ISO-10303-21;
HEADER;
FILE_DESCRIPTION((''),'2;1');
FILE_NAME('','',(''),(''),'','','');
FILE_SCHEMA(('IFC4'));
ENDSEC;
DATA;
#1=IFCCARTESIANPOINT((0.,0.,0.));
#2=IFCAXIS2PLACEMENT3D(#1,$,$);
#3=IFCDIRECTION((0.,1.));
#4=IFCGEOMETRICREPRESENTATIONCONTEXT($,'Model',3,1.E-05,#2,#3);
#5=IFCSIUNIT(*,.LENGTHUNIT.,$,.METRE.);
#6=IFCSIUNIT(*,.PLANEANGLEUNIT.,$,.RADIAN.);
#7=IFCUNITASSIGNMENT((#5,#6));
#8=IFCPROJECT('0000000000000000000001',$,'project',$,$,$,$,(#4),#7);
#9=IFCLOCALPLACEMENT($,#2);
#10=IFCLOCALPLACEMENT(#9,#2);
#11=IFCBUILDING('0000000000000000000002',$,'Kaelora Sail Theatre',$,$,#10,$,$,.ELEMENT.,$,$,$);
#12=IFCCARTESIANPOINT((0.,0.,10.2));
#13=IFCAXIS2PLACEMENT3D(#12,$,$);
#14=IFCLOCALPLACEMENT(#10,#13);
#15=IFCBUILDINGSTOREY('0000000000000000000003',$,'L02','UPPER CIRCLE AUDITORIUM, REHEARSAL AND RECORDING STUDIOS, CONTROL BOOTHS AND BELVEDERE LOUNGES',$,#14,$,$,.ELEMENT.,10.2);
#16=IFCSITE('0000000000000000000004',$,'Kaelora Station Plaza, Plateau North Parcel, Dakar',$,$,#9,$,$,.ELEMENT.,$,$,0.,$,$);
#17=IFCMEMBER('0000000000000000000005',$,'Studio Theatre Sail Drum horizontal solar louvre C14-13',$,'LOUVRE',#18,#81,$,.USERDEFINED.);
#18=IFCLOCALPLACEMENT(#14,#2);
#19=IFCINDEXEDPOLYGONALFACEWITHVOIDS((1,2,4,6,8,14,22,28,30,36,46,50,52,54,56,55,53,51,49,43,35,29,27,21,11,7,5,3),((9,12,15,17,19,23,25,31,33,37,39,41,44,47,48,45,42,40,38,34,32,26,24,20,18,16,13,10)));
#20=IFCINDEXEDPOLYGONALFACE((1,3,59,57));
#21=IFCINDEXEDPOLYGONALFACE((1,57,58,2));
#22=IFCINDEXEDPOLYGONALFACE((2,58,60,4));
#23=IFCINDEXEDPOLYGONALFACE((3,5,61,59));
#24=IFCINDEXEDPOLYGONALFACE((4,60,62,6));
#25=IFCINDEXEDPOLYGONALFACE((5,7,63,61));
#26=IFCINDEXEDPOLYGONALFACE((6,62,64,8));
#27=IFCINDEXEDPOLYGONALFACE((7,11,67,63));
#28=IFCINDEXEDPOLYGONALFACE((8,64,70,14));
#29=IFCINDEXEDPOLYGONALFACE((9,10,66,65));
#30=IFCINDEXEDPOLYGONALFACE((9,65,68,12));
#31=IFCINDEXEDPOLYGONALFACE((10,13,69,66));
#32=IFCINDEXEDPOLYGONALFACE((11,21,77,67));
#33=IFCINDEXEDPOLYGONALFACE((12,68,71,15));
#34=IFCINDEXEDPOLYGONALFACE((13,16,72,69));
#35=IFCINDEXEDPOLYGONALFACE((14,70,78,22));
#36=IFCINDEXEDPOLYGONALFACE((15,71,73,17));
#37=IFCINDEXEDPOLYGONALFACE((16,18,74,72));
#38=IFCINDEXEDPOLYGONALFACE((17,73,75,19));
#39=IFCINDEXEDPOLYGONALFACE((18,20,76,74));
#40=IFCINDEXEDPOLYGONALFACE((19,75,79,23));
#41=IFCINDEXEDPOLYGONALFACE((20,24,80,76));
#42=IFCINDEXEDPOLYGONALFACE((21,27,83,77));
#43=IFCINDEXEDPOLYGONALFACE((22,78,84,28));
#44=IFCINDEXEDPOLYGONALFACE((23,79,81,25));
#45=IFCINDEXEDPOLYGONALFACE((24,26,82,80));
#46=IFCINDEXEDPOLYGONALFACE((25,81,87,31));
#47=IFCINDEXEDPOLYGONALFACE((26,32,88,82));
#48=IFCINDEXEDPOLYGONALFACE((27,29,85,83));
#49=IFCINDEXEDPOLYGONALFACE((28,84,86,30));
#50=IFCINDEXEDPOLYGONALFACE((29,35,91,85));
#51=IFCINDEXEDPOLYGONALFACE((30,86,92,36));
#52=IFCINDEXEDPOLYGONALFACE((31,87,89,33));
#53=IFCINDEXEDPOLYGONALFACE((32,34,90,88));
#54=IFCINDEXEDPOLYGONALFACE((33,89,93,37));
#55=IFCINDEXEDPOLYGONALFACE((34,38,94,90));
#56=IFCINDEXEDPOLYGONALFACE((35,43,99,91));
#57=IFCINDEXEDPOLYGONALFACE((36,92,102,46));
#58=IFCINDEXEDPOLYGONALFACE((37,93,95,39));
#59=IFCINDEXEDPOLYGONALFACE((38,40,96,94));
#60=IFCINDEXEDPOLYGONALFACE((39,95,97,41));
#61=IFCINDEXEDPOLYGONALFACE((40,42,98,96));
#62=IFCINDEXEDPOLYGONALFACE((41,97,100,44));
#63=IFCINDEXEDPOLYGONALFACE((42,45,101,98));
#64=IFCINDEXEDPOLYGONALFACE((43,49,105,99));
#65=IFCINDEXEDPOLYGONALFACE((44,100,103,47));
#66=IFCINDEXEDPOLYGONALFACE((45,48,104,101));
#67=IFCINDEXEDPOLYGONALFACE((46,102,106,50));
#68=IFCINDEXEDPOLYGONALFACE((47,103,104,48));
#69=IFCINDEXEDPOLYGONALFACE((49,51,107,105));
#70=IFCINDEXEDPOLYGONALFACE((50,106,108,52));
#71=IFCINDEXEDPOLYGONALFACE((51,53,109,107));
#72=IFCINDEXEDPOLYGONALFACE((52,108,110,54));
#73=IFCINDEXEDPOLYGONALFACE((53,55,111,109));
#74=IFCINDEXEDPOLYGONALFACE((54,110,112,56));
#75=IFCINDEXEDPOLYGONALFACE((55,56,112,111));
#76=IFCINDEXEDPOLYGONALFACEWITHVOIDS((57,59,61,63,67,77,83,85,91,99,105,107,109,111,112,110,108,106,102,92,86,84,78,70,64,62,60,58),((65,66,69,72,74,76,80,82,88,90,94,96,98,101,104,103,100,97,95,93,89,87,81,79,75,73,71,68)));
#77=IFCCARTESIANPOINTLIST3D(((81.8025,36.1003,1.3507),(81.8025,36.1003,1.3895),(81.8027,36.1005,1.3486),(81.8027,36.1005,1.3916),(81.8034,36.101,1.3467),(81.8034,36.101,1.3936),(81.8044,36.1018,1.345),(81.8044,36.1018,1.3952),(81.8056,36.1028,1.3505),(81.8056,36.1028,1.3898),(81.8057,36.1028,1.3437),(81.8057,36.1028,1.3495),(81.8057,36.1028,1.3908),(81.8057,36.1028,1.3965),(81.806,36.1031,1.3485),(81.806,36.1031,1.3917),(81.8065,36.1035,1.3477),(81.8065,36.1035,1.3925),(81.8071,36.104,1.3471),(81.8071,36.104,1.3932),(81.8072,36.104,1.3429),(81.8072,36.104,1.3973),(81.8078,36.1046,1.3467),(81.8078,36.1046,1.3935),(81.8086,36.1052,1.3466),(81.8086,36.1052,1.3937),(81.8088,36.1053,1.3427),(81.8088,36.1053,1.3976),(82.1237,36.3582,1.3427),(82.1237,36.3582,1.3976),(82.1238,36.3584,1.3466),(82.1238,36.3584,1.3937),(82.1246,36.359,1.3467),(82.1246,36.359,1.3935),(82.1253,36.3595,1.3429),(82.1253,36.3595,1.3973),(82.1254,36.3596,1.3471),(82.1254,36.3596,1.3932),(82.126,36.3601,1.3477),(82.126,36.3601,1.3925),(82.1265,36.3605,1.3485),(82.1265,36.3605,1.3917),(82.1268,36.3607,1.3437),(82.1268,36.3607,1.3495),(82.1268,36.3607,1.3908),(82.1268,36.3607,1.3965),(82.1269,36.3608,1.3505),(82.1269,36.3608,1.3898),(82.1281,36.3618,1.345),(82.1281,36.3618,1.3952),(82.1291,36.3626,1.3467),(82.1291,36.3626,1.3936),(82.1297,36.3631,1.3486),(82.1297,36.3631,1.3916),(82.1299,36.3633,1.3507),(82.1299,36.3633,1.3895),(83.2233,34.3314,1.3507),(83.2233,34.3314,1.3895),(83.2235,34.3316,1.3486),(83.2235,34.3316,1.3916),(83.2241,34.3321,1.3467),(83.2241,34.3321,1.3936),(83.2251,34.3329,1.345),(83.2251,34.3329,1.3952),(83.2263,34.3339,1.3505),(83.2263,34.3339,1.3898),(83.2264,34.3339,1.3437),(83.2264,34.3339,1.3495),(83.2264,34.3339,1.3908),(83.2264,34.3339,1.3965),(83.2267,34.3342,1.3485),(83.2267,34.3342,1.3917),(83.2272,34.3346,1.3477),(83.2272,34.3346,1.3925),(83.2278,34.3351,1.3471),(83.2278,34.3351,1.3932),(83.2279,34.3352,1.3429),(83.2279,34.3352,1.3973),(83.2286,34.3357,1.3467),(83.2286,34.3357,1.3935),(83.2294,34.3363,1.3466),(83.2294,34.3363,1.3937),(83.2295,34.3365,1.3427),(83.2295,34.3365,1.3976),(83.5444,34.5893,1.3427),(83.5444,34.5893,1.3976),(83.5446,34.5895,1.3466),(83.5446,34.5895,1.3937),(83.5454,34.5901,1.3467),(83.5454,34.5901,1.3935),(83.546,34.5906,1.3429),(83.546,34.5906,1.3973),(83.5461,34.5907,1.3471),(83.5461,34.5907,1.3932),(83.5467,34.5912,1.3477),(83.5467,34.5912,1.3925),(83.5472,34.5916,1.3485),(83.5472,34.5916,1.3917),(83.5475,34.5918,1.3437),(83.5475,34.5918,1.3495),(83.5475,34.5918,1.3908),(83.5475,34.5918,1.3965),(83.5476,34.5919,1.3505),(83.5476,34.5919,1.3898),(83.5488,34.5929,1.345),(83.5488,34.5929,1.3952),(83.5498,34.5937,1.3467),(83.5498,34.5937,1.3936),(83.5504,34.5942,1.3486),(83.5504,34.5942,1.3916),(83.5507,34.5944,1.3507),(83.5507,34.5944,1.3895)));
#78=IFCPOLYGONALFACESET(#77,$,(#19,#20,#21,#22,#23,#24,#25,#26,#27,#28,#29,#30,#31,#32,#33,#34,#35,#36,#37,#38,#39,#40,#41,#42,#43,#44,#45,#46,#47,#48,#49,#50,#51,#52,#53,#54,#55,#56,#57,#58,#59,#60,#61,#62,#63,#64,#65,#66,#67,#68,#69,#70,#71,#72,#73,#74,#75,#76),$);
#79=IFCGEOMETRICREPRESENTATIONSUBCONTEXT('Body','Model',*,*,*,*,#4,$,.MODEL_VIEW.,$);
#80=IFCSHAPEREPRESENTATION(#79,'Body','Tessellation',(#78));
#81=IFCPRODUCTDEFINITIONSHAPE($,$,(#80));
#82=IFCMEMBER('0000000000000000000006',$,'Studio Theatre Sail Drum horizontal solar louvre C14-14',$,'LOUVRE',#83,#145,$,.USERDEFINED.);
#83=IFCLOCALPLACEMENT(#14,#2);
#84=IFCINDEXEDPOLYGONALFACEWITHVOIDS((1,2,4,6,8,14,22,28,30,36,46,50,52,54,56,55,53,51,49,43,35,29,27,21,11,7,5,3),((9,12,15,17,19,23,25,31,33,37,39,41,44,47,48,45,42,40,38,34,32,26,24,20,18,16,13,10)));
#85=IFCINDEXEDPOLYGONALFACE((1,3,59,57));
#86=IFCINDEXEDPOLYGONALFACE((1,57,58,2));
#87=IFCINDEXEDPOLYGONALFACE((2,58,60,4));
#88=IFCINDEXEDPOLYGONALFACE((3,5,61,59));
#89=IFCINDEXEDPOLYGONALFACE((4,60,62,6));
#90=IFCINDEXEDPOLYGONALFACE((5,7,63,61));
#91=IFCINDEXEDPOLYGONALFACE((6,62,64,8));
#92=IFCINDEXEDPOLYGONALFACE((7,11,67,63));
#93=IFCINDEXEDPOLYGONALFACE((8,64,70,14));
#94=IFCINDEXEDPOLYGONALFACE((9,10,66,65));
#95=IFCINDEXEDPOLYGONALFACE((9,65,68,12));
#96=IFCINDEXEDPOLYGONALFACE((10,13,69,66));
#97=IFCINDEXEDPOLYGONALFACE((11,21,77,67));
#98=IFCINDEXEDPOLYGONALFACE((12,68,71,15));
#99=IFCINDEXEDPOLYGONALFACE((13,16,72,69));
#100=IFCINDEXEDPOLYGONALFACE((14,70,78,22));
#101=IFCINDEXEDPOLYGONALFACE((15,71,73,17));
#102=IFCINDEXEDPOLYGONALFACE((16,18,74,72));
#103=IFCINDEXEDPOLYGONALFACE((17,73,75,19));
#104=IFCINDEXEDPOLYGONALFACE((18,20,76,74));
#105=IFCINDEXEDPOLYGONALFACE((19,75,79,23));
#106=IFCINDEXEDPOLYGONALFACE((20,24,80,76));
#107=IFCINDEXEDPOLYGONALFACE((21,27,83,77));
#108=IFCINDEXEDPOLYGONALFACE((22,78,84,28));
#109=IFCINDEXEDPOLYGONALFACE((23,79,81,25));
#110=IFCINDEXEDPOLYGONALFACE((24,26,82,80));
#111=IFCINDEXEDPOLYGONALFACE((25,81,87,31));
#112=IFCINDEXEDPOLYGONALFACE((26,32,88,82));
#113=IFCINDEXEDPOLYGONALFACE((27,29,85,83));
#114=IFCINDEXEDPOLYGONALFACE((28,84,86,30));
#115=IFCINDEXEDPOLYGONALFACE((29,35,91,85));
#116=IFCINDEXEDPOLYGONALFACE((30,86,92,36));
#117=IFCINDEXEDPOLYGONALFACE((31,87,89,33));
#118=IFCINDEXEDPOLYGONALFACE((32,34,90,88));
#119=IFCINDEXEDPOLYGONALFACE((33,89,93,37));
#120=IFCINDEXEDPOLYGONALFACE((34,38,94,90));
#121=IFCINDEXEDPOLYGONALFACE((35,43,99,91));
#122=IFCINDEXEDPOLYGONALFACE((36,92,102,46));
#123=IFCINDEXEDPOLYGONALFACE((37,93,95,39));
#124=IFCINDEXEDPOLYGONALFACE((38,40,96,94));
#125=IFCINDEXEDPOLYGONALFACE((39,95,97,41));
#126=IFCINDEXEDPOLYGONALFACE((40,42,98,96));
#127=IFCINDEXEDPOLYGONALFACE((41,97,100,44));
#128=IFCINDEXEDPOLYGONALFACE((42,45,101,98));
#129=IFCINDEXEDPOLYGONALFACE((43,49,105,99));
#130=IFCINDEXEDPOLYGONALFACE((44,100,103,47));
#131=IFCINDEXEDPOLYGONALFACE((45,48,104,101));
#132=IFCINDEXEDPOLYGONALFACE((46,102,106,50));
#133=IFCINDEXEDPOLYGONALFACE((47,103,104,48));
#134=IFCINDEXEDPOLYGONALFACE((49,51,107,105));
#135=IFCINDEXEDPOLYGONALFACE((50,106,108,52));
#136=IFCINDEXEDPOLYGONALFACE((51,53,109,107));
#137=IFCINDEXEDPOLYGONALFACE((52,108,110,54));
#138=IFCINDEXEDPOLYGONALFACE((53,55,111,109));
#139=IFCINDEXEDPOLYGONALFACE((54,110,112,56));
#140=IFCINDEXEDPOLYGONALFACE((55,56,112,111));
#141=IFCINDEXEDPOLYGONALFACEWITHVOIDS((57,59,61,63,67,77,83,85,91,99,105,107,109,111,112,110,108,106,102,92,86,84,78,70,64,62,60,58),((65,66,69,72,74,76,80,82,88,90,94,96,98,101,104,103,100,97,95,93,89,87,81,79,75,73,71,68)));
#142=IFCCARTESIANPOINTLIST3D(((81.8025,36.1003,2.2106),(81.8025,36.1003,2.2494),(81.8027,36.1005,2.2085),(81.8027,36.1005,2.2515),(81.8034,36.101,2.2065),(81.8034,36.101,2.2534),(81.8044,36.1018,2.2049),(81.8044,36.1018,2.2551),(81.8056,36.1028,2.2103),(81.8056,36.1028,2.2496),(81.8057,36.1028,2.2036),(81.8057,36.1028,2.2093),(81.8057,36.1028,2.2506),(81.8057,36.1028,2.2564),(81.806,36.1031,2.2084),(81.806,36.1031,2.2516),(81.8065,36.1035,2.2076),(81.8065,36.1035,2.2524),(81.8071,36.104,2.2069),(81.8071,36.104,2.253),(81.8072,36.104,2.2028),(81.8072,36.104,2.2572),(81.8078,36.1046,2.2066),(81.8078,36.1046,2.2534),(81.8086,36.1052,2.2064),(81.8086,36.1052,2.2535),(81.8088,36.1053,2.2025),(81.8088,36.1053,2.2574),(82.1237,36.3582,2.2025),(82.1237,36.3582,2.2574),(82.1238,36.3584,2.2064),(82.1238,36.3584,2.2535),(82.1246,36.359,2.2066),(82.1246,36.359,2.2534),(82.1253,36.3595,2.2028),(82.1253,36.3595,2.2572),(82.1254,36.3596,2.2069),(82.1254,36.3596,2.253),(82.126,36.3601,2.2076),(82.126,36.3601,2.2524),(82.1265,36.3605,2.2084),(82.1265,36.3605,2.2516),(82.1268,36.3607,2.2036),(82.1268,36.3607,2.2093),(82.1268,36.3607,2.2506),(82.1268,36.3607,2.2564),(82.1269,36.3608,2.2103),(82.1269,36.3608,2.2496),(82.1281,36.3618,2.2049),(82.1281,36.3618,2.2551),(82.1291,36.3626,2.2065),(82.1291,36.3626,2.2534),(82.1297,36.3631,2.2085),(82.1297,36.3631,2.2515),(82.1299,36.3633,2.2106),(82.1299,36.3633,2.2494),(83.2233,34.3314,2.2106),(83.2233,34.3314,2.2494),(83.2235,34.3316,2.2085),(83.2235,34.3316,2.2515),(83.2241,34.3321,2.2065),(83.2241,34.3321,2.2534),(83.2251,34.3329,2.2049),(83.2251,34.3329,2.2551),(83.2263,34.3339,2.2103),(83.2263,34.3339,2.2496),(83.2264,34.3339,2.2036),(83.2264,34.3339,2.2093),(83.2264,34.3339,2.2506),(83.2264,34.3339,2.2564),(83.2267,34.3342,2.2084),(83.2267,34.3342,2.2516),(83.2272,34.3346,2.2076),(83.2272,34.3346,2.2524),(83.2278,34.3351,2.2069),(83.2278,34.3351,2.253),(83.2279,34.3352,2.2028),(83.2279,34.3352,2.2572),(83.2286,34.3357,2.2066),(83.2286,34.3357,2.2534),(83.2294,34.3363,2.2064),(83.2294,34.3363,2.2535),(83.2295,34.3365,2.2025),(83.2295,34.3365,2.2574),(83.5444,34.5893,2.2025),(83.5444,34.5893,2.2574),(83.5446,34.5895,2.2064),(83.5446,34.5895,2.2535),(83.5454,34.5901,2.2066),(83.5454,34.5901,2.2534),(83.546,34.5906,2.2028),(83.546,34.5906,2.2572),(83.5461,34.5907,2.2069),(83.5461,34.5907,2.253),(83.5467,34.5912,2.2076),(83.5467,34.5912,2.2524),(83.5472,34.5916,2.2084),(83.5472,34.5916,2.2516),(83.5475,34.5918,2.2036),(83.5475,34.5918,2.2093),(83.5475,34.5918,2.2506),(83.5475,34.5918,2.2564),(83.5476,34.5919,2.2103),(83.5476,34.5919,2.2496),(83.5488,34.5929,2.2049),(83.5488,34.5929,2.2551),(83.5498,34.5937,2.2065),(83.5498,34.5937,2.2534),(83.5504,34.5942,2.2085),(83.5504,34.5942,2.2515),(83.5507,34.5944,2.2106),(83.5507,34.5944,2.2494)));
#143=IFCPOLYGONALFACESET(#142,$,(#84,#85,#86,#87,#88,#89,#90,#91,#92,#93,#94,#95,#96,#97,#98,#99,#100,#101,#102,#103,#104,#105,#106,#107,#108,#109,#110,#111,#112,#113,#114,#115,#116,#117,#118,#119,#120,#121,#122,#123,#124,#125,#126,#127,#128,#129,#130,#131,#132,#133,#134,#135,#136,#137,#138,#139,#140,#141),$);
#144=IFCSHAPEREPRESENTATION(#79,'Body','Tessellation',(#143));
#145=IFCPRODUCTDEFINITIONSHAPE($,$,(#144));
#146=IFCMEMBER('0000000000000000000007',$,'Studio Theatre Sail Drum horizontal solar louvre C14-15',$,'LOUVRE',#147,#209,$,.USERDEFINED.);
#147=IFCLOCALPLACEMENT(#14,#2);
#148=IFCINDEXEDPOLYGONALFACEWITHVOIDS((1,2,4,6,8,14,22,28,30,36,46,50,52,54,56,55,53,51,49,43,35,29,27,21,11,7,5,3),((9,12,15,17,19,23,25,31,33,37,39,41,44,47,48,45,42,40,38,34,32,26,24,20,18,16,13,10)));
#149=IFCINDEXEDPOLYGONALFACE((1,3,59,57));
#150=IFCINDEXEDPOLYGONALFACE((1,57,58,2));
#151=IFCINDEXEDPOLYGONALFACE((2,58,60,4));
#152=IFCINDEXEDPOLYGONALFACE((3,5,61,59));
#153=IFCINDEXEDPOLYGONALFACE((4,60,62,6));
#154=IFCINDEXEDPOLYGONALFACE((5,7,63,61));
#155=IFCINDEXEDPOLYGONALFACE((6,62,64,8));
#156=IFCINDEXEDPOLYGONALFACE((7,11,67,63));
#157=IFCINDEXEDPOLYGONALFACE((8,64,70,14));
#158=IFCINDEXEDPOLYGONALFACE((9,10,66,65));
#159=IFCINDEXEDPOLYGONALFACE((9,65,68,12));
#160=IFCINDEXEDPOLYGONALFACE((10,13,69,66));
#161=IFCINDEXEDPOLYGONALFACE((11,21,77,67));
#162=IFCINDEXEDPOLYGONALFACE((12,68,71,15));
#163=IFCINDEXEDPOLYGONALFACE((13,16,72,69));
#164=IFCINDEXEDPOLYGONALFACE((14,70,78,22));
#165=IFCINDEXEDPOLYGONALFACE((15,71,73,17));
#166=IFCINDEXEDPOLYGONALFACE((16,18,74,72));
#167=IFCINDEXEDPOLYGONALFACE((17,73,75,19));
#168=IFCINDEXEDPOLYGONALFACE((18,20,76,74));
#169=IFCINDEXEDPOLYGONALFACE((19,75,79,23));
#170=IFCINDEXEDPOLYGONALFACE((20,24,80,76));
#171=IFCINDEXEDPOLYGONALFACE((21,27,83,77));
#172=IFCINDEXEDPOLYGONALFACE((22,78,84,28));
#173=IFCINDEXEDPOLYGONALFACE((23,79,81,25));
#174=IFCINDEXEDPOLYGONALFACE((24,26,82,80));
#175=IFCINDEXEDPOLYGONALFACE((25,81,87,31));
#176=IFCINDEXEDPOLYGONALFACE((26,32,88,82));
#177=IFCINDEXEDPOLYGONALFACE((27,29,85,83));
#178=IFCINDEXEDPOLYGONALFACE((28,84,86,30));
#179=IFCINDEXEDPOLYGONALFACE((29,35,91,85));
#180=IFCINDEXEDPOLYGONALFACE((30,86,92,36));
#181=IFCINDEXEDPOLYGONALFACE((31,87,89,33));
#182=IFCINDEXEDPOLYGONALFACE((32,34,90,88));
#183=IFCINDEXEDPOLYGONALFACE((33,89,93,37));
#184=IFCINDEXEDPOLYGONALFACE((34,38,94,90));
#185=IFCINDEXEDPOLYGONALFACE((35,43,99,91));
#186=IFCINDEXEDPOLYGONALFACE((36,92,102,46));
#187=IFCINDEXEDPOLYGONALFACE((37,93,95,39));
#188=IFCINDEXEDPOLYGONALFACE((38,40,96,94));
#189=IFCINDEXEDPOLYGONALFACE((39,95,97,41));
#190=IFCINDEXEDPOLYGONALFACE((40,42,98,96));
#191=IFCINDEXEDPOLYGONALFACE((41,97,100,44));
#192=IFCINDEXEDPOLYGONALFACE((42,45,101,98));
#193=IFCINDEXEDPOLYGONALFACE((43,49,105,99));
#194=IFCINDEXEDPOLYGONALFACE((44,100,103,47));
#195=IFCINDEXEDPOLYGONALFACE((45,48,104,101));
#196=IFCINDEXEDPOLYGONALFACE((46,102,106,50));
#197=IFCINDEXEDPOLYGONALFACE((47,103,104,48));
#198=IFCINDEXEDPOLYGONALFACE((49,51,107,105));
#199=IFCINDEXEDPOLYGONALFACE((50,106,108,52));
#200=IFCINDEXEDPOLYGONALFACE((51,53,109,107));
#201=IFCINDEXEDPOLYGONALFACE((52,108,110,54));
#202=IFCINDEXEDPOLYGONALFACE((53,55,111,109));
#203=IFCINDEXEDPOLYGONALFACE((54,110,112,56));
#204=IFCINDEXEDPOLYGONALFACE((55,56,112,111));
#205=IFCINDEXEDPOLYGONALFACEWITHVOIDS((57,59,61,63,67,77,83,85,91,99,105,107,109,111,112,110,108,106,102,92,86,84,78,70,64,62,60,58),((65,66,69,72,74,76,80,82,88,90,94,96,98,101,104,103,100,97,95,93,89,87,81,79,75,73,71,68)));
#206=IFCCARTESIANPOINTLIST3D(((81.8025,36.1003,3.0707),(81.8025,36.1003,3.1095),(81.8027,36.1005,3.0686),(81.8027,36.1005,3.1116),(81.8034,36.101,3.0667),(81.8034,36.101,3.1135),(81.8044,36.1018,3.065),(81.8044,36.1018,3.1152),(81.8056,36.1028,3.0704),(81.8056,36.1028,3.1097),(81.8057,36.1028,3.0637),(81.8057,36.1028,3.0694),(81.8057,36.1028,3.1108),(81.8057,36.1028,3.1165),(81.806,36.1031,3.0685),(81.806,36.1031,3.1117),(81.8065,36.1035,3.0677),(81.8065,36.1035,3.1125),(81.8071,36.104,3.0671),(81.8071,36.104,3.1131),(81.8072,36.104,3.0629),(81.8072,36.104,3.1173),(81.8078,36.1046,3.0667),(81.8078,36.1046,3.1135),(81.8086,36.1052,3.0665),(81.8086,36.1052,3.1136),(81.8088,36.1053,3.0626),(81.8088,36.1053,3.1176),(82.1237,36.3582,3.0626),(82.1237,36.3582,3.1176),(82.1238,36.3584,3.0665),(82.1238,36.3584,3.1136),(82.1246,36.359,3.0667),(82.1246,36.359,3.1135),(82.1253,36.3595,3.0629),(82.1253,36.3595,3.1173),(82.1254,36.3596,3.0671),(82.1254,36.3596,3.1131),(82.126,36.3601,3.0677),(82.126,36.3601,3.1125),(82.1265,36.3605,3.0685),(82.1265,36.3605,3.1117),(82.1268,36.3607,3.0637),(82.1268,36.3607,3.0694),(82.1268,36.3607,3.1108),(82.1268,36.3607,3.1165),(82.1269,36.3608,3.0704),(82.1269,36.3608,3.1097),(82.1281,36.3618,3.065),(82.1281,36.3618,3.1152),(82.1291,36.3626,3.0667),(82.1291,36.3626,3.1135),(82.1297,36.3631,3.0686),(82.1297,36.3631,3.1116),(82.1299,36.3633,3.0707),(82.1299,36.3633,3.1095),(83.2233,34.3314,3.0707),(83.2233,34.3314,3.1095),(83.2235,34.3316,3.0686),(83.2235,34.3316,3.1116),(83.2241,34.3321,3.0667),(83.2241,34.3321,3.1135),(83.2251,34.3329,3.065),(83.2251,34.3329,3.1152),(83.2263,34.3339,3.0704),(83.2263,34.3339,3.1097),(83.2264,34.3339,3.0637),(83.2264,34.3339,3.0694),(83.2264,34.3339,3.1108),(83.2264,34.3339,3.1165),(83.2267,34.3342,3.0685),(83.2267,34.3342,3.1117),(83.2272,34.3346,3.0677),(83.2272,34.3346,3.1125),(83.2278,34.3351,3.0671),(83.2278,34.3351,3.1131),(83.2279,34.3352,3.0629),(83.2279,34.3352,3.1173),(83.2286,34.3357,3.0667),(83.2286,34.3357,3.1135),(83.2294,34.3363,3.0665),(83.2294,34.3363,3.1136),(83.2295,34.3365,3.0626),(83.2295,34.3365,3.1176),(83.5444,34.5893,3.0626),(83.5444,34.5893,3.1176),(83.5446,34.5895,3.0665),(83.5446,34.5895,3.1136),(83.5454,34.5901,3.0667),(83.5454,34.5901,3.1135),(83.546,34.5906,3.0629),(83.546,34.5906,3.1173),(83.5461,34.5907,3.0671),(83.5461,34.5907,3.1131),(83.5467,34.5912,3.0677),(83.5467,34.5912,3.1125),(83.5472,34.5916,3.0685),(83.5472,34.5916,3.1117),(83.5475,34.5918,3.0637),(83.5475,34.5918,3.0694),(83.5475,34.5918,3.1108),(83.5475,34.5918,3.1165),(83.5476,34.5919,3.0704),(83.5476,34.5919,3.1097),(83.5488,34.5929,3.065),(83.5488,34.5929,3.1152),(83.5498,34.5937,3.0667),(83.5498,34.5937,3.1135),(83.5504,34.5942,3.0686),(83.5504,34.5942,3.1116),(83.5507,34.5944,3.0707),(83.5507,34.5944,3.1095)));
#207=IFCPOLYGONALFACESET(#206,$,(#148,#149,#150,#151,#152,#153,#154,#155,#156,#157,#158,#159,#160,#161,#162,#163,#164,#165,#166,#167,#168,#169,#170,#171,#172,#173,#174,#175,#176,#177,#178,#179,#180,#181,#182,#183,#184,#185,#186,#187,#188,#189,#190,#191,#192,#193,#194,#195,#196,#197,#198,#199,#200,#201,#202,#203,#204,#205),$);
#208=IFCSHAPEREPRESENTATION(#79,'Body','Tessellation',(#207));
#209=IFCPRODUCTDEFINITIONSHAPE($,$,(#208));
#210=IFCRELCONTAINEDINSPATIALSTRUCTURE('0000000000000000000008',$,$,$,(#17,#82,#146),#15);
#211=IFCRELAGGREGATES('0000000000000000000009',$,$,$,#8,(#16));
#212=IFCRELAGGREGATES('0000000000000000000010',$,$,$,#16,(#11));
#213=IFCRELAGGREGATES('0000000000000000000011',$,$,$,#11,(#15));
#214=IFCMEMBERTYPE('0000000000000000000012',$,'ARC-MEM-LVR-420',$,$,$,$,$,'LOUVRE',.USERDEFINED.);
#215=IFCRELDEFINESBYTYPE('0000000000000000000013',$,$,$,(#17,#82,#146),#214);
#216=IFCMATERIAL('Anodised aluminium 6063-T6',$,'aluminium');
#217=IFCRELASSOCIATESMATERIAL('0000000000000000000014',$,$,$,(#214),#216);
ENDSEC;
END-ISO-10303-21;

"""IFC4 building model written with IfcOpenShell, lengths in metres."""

from ifc_helpers import new_model, si_unit, direction, frame, origin, origin_2d, place, context, subcontext, project, spatial, hollow_rectangle, extrude, material, material_profile, profile_set, type_object, element, save


model = new_model("IFC4")

# Units and contexts
model_context = context("Model", 3, precision=1e-05, world=origin(), true_north=direction((0.0, 1.0)))
body_context = subcontext(model_context, "Body", "Model", "MODEL_VIEW")
ifc_project = project(units=[si_unit("LENGTHUNIT", "METRE"), si_unit("PLANEANGLEUNIT", "RADIAN")], contexts=[model_context])

# Site, building, storey
site_placement = place(None, origin())
site = spatial("IfcSite", under=ifc_project, at=site_placement, Name="Kaelora Station Plaza, Plateau North Parcel, Dakar", CompositionType="ELEMENT", RefElevation=0.0)
building_placement = place(site_placement, origin())
building = spatial("IfcBuilding", under=site, at=building_placement, Name="Kaelora Sail Theatre", CompositionType="ELEMENT")
storey_placement = place(building_placement, frame((0.0, 0.0, 10.2)))
storey = spatial("IfcBuildingStorey", under=building, at=storey_placement, Name="L02", Description="UPPER CIRCLE AUDITORIUM, REHEARSAL AND RECORDING STUDIOS, CONTROL BOOTHS AND BELVEDERE LOUNGES", CompositionType="ELEMENT", Elevation=10.2)

# Members
ifc_material_1 = material(Name="Anodised aluminium 6063-T6", Category="aluminium")
ifc_material_profile_1 = material_profile(ifc_material_1, hollow_rectangle(XDim=0.4199, YDim=0.0549, WallThickness=0.0039, InnerFilletRadius=0.0039, OuterFilletRadius=0.0081, at=origin_2d()), Name="LOUVRE 420x55x4")
ifc_profile_set_1 = profile_set([ifc_material_profile_1], Name="Anodised aluminium 6063-T6")
member_type = type_object("IfcMemberType", Name="ARC-MEM-LVR-420", ElementType="LOUVRE", PredefinedType="USERDEFINED", material=ifc_profile_set_1)
for number, where, z_axis, x_axis, name in (
    (1, (83.387, 34.4629, 1.3701), (-0.626203, 0.77966, 0.0), (-0.77966, -0.626203, 0.0), "Studio Theatre Sail Drum horizontal solar louvre C14-13"),
    (2, (83.387, 34.4629, 2.23), (-0.626203, 0.77966, 0.0), (-0.77966, -0.626203, 0.0), "Studio Theatre Sail Drum horizontal solar louvre C14-14"),
    (3, (83.387, 34.4629, 3.0901), (-0.626203, 0.77966, 0.0), (-0.77966, -0.626203, 0.0), "Studio Theatre Sail Drum horizontal solar louvre C14-15"),
):
    element("IfcMember", number, at=place(storey_placement, frame(where, z_axis=z_axis, x_axis=x_axis)), inside=storey, type_object=member_type, Name=name, ObjectType="LOUVRE", PredefinedType="USERDEFINED", context=body_context, shape_type="SweptSolid", body=[
        extrude(hollow_rectangle(XDim=0.4199, YDim=0.0549, WallThickness=0.0039, InnerFilletRadius=0.0039, OuterFilletRadius=0.0081, at=origin_2d()), origin(), (0.0, 0.0, 1.0), 2.2688),
    ])

save(model, "model.ifc")
